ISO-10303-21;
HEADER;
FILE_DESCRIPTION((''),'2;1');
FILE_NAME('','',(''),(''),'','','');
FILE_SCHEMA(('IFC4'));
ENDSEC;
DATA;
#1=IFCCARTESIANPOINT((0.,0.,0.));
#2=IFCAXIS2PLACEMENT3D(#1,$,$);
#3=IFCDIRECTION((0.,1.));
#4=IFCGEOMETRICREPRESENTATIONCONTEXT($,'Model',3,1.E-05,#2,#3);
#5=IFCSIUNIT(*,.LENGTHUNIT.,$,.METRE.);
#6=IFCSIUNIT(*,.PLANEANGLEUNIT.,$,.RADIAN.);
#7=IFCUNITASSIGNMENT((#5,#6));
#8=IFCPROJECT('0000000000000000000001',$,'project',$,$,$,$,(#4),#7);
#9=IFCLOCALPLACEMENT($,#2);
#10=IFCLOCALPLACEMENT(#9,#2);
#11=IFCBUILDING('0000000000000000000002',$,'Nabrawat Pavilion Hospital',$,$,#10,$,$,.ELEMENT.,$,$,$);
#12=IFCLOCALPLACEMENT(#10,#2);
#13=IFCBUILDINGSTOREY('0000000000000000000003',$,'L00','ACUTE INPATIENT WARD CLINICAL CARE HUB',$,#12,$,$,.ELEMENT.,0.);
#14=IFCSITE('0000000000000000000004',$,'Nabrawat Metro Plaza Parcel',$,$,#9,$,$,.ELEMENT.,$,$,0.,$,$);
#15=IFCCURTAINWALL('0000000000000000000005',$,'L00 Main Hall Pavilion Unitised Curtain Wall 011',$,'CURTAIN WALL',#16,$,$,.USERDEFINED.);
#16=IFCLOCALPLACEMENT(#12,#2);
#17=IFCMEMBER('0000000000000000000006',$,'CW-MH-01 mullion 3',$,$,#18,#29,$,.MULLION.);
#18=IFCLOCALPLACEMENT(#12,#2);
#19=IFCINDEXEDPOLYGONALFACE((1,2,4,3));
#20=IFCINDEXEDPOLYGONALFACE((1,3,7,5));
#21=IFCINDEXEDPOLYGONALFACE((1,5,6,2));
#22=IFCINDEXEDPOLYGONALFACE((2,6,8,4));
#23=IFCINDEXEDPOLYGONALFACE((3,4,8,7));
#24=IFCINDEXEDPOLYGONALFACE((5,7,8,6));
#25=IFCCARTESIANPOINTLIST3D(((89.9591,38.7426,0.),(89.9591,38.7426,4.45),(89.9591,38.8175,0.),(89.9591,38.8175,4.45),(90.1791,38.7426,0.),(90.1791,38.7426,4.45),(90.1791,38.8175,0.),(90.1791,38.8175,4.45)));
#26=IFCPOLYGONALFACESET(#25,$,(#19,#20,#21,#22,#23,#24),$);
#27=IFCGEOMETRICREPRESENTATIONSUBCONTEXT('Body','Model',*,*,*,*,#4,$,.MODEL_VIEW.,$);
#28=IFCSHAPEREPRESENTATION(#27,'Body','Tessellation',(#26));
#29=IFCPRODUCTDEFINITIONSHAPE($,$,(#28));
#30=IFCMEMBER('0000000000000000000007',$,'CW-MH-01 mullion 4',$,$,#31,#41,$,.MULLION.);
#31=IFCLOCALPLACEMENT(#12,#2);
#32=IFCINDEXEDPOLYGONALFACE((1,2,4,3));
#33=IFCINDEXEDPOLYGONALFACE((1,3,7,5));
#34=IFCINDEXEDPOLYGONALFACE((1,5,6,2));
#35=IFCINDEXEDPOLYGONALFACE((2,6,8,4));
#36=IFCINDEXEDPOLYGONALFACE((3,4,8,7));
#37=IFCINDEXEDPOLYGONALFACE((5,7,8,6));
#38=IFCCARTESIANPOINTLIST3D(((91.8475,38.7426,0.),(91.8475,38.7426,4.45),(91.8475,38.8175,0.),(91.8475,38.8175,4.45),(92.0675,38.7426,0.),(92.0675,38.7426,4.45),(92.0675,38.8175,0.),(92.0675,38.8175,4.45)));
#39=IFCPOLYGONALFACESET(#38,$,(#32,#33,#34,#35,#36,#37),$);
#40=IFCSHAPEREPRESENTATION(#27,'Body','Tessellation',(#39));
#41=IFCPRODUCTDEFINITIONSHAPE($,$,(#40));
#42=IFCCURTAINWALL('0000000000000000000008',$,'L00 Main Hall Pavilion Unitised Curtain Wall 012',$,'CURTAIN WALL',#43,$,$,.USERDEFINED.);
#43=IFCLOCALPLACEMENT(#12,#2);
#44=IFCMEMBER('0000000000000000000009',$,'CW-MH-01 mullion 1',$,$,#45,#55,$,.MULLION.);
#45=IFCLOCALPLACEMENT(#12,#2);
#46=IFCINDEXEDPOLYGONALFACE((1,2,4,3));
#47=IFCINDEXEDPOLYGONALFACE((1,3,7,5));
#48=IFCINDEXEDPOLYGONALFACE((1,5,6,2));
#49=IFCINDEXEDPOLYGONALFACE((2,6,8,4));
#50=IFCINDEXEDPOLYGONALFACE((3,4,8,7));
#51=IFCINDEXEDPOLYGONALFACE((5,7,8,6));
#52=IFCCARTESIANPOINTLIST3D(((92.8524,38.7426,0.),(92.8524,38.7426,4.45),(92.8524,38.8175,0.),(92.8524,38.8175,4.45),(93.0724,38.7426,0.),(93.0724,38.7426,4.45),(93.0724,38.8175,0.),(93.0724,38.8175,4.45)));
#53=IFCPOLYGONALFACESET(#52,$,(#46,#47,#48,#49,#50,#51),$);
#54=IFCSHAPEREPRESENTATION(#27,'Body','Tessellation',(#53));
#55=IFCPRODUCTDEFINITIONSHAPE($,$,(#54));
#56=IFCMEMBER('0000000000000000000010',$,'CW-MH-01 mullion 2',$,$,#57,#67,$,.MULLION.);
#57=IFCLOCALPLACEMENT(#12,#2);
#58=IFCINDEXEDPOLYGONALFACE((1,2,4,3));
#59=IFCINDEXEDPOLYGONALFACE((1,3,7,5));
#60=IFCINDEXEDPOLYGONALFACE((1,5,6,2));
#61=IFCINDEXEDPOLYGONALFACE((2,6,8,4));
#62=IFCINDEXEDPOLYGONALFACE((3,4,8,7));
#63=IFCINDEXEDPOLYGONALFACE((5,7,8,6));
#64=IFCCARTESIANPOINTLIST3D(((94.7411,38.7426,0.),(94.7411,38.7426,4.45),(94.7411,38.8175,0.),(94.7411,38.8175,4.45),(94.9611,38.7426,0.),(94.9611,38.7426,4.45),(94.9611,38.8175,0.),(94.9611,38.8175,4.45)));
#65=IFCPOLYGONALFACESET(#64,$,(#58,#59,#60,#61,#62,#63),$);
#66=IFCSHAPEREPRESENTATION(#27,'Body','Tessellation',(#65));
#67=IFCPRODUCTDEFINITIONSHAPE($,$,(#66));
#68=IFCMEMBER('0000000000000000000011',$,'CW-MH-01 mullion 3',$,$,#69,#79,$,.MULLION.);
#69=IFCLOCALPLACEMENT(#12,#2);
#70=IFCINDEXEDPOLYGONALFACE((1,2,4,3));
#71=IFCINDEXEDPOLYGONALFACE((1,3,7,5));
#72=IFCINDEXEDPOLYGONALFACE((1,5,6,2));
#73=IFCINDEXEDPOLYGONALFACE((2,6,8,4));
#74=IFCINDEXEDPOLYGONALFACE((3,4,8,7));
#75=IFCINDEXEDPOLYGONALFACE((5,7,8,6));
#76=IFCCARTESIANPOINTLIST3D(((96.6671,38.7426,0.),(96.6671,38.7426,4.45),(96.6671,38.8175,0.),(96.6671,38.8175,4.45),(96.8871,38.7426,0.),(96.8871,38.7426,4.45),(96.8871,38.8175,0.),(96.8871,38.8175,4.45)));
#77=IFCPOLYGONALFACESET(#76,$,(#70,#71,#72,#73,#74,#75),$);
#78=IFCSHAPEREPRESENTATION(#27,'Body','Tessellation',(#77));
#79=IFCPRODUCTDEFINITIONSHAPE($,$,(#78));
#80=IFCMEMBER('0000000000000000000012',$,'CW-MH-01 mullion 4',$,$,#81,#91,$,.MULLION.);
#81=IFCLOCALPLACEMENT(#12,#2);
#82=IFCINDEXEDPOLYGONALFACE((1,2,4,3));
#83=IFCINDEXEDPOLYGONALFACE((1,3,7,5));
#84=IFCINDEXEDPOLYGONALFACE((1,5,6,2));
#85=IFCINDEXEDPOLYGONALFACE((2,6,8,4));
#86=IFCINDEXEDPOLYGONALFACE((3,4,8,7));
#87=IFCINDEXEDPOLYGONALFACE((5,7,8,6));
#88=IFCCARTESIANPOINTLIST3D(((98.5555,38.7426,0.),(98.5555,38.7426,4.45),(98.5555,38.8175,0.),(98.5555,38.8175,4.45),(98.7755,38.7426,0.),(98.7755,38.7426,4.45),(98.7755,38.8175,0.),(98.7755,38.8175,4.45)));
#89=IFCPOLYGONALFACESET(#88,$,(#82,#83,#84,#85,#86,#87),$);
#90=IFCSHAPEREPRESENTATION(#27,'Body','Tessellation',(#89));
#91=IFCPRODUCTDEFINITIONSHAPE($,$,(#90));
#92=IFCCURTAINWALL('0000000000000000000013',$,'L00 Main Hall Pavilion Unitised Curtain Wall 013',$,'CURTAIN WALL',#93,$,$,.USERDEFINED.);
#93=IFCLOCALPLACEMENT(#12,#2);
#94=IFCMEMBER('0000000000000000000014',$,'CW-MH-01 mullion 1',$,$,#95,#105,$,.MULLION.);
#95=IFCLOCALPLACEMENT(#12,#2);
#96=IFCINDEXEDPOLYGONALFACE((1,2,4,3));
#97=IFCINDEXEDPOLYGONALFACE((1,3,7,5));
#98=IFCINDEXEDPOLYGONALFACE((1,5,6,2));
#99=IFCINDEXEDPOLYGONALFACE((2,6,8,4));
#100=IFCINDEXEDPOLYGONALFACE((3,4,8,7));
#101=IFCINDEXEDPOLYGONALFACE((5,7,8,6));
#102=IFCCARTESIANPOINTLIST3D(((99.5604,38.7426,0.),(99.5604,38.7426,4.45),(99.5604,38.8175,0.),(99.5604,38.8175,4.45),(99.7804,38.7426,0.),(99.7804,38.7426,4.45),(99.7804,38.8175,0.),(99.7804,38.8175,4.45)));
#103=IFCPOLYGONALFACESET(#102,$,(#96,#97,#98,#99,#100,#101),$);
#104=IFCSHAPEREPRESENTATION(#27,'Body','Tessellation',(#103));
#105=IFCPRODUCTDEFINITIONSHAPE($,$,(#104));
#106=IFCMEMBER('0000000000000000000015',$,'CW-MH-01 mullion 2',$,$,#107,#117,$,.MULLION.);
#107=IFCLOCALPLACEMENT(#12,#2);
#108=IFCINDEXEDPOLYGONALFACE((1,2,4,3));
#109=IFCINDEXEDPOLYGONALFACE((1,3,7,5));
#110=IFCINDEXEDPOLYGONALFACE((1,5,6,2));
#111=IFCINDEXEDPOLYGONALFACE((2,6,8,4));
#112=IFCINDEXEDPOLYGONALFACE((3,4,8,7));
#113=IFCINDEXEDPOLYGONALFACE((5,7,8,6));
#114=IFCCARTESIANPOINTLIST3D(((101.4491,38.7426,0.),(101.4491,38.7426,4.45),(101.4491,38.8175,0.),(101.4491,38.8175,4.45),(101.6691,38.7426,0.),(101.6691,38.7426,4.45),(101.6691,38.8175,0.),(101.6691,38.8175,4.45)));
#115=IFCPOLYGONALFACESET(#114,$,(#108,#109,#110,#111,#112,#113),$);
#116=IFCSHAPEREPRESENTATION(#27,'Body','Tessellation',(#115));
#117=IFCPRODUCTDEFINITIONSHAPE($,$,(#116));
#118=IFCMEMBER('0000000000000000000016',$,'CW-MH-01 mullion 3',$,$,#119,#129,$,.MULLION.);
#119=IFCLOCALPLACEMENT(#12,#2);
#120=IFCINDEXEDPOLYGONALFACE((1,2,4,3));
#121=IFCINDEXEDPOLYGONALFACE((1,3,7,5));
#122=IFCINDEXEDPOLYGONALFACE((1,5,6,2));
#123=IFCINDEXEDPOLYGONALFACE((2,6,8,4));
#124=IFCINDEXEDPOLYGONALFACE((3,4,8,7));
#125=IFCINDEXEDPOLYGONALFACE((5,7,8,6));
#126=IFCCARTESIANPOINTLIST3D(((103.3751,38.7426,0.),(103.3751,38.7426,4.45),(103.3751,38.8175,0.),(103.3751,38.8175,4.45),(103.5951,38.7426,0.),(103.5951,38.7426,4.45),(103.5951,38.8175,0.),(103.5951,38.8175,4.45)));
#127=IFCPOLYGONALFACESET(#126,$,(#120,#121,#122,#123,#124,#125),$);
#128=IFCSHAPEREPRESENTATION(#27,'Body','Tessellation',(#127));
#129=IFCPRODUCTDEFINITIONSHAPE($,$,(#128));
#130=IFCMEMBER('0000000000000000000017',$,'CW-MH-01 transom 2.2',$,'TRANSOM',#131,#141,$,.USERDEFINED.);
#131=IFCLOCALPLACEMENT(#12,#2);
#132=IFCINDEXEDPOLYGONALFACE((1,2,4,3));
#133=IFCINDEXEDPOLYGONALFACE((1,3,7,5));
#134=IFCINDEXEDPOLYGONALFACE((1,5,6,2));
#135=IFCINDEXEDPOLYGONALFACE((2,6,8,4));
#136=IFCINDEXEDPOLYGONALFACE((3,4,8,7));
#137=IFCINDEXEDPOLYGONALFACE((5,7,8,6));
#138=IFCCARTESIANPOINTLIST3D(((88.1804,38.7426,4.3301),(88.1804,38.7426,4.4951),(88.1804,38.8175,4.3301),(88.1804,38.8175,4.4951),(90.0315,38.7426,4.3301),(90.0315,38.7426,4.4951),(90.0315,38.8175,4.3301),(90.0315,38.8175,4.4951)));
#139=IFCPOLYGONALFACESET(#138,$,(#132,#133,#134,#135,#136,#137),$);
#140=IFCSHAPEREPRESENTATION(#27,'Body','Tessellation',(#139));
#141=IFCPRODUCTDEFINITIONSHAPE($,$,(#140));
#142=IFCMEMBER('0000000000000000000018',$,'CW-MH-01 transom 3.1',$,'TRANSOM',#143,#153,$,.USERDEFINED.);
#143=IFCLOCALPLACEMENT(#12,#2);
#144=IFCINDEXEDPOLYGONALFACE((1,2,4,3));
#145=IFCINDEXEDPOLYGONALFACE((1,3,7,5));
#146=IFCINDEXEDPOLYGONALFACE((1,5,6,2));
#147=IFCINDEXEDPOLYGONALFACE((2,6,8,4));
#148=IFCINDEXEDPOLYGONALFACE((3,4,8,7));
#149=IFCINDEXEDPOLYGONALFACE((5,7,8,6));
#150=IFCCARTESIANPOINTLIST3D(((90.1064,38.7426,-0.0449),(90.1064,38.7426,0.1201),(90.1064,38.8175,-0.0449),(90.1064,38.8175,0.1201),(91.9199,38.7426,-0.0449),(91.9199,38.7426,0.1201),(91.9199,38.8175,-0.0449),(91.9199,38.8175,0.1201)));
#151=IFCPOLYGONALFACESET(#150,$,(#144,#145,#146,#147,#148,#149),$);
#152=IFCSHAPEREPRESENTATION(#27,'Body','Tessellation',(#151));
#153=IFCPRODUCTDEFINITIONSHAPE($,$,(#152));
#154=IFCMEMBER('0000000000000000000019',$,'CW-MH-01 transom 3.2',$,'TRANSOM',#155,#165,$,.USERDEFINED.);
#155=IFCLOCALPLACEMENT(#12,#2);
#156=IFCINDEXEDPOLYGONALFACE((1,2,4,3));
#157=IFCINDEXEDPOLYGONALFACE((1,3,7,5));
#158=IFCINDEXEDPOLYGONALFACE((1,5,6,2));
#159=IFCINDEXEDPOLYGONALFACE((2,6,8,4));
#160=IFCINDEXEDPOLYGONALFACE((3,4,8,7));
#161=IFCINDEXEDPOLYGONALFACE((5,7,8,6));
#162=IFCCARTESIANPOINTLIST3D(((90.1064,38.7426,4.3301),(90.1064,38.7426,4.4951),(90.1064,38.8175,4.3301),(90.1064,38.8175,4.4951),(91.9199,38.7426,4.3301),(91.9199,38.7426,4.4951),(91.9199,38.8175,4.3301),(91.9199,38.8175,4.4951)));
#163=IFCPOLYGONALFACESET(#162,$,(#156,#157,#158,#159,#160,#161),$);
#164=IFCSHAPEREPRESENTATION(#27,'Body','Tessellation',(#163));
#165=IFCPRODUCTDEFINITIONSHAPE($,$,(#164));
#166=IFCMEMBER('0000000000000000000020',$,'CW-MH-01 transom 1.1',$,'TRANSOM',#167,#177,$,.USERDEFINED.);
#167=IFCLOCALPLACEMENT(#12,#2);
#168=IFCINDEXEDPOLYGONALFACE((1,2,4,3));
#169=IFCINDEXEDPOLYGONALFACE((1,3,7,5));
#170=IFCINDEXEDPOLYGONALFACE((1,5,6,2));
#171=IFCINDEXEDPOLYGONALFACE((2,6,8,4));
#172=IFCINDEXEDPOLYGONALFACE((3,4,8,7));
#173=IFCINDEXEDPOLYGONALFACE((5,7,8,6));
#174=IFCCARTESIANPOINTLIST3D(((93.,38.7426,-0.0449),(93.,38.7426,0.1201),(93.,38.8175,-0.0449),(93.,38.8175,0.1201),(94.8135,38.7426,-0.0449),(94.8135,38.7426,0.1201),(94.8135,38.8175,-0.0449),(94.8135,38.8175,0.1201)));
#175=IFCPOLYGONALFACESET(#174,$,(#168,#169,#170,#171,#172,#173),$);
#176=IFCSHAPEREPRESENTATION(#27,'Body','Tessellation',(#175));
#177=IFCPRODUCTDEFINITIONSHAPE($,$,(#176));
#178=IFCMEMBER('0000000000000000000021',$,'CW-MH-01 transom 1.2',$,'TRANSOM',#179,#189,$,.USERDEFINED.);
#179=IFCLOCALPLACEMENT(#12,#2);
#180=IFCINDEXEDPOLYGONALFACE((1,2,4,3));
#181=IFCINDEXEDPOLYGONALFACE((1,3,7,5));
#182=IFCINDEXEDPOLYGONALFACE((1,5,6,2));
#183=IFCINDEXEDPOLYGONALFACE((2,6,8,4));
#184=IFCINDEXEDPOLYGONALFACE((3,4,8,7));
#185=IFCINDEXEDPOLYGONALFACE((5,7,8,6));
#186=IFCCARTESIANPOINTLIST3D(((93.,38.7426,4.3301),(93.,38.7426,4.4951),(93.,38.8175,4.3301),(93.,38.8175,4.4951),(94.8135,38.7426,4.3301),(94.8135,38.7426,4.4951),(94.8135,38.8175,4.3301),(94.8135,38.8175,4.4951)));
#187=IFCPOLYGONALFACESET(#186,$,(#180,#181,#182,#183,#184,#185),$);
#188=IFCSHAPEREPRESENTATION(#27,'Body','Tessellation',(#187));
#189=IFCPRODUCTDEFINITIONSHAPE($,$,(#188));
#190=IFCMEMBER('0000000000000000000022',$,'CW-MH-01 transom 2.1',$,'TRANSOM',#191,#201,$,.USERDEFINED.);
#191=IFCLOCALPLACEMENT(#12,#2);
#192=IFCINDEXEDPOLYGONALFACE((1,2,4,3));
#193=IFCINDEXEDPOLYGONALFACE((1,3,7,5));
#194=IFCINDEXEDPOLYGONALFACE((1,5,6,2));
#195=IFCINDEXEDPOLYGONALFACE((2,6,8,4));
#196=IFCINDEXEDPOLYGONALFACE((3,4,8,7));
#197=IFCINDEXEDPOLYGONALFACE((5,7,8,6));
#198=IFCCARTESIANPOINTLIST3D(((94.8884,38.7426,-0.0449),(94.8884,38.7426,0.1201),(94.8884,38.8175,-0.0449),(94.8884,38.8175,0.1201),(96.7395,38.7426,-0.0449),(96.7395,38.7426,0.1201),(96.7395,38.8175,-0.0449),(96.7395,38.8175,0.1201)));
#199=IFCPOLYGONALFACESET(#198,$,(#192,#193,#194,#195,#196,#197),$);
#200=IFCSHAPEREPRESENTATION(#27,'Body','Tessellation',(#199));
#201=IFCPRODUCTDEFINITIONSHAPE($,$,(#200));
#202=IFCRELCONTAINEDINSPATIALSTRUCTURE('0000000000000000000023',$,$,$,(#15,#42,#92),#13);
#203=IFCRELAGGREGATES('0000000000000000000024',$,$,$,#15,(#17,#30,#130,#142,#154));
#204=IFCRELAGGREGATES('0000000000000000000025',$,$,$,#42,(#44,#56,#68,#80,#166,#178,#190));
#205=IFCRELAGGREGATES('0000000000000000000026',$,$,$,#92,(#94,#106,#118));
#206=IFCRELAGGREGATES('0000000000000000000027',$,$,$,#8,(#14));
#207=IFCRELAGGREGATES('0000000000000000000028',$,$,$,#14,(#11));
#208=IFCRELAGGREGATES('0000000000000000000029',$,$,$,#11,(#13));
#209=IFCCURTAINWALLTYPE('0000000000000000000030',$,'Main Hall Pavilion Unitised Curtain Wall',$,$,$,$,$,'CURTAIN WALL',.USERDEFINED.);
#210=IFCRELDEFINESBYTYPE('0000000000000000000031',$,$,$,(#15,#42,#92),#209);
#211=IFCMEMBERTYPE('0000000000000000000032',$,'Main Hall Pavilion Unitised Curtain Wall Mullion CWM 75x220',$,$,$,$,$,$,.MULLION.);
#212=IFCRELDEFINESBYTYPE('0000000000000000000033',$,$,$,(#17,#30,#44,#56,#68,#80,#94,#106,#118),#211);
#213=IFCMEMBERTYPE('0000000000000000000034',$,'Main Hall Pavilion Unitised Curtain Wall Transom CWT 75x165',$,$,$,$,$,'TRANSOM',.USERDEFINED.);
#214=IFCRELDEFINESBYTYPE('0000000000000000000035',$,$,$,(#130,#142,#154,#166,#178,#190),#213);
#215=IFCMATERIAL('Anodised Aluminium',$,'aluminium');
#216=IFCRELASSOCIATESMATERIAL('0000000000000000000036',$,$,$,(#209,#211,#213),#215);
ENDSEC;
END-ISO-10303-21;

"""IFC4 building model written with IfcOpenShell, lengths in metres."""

from ifc_helpers import new_model, si_unit, direction, frame, origin, origin_2d, place, context, subcontext, project, spatial, rectangle, extrude, material, material_profile, profile_set, type_object, element, aggregate, save


model = new_model("IFC4")

# Units and contexts
model_context = context("Model", 3, precision=1e-05, world=origin(), true_north=direction((0.0, 1.0)))
body_context = subcontext(model_context, "Body", "Model", "MODEL_VIEW")
ifc_project = project(units=[si_unit("LENGTHUNIT", "METRE"), si_unit("PLANEANGLEUNIT", "RADIAN")], contexts=[model_context])

# Site, building, storey
site_placement = place(None, origin())
site = spatial("IfcSite", under=ifc_project, at=site_placement, Name="Nabrawat Metro Plaza Parcel", CompositionType="ELEMENT", RefElevation=0.0)
building_placement = place(site_placement, origin())
building = spatial("IfcBuilding", under=site, at=building_placement, Name="Nabrawat Pavilion Hospital", CompositionType="ELEMENT")
storey_placement = place(building_placement, origin())
storey = spatial("IfcBuildingStorey", under=building, at=storey_placement, Name="L00", Description="ACUTE INPATIENT WARD CLINICAL CARE HUB", CompositionType="ELEMENT", Elevation=0.0)

# Curtain walls, members
ifc_material_1 = material(Name="Anodised Aluminium", Category="aluminium")
curtain_wall_type = type_object("IfcCurtainWallType", Name="Main Hall Pavilion Unitised Curtain Wall", ElementType="CURTAIN WALL", PredefinedType="USERDEFINED", material=ifc_material_1)
curtain_wall_1_placement = place(storey_placement, origin())
curtain_wall_1 = element("IfcCurtainWall", 1, at=curtain_wall_1_placement, inside=storey, type_object=curtain_wall_type, Name="L00 Main Hall Pavilion Unitised Curtain Wall 011", ObjectType="CURTAIN WALL", PredefinedType="USERDEFINED")
ifc_material_profile_1 = material_profile(ifc_material_1, rectangle(XDim=0.075, YDim=0.22, at=origin_2d()), Name="CWM 75x220")
ifc_profile_set_1 = profile_set([ifc_material_profile_1], Name="Anodised Aluminium")
member_type_1 = type_object("IfcMemberType", Name="Main Hall Pavilion Unitised Curtain Wall Mullion CWM 75x220", PredefinedType="MULLION", material=ifc_profile_set_1)
member_1_placement = place(storey_placement, frame((90.0691, 38.78, 0.0), z_axis=(0.0, 0.0, 1.0), x_axis=(0.0, 1.0, 0.0)))
member_1 = element("IfcMember", 2, at=member_1_placement, type_object=member_type_1, Name="CW-MH-01 mullion 3", PredefinedType="MULLION", context=body_context, shape_type="SweptSolid", body=[
    extrude(rectangle(XDim=0.075, YDim=0.22, at=origin_2d()), origin(), (0.0, 0.0, 1.0), 4.45),
])
member_2_placement = place(storey_placement, frame((91.9575, 38.78, 0.0), z_axis=(0.0, 0.0, 1.0), x_axis=(0.0, 1.0, 0.0)))
member_2 = element("IfcMember", 3, at=member_2_placement, type_object=member_type_1, Name="CW-MH-01 mullion 4", PredefinedType="MULLION", context=body_context, shape_type="SweptSolid", body=[
    extrude(rectangle(XDim=0.075, YDim=0.22, at=origin_2d()), origin(), (0.0, 0.0, 1.0), 4.45),
])
curtain_wall_2_placement = place(storey_placement, origin())
curtain_wall_2 = element("IfcCurtainWall", 4, at=curtain_wall_2_placement, inside=storey, type_object=curtain_wall_type, Name="L00 Main Hall Pavilion Unitised Curtain Wall 012", ObjectType="CURTAIN WALL", PredefinedType="USERDEFINED")
member_3_placement = place(storey_placement, frame((92.9624, 38.78, 0.0), z_axis=(0.0, 0.0, 1.0), x_axis=(0.0, 1.0, 0.0)))
member_3 = element("IfcMember", 5, at=member_3_placement, type_object=member_type_1, Name="CW-MH-01 mullion 1", PredefinedType="MULLION", context=body_context, shape_type="SweptSolid", body=[
    extrude(rectangle(XDim=0.075, YDim=0.22, at=origin_2d()), origin(), (0.0, 0.0, 1.0), 4.45),
])
member_4_placement = place(storey_placement, frame((94.8511, 38.78, 0.0), z_axis=(0.0, 0.0, 1.0), x_axis=(0.0, 1.0, 0.0)))
member_4 = element("IfcMember", 6, at=member_4_placement, type_object=member_type_1, Name="CW-MH-01 mullion 2", PredefinedType="MULLION", context=body_context, shape_type="SweptSolid", body=[
    extrude(rectangle(XDim=0.075, YDim=0.22, at=origin_2d()), origin(), (0.0, 0.0, 1.0), 4.45),
])
member_5_placement = place(storey_placement, frame((96.7771, 38.78, 0.0), z_axis=(0.0, 0.0, 1.0), x_axis=(0.0, 1.0, 0.0)))
member_5 = element("IfcMember", 7, at=member_5_placement, type_object=member_type_1, Name="CW-MH-01 mullion 3", PredefinedType="MULLION", context=body_context, shape_type="SweptSolid", body=[
    extrude(rectangle(XDim=0.075, YDim=0.22, at=origin_2d()), origin(), (0.0, 0.0, 1.0), 4.45),
])
member_6_placement = place(storey_placement, frame((98.6655, 38.78, 0.0), z_axis=(0.0, 0.0, 1.0), x_axis=(0.0, 1.0, 0.0)))
member_6 = element("IfcMember", 8, at=member_6_placement, type_object=member_type_1, Name="CW-MH-01 mullion 4", PredefinedType="MULLION", context=body_context, shape_type="SweptSolid", body=[
    extrude(rectangle(XDim=0.075, YDim=0.22, at=origin_2d()), origin(), (0.0, 0.0, 1.0), 4.45),
])
curtain_wall_3_placement = place(storey_placement, origin())
curtain_wall_3 = element("IfcCurtainWall", 9, at=curtain_wall_3_placement, inside=storey, type_object=curtain_wall_type, Name="L00 Main Hall Pavilion Unitised Curtain Wall 013", ObjectType="CURTAIN WALL", PredefinedType="USERDEFINED")
member_7_placement = place(storey_placement, frame((99.6704, 38.78, 0.0), z_axis=(0.0, 0.0, 1.0), x_axis=(0.0, 1.0, 0.0)))
member_7 = element("IfcMember", 10, at=member_7_placement, type_object=member_type_1, Name="CW-MH-01 mullion 1", PredefinedType="MULLION", context=body_context, shape_type="SweptSolid", body=[
    extrude(rectangle(XDim=0.075, YDim=0.22, at=origin_2d()), origin(), (0.0, 0.0, 1.0), 4.45),
])
member_8_placement = place(storey_placement, frame((101.5591, 38.78, 0.0), z_axis=(0.0, 0.0, 1.0), x_axis=(0.0, 1.0, 0.0)))
member_8 = element("IfcMember", 11, at=member_8_placement, type_object=member_type_1, Name="CW-MH-01 mullion 2", PredefinedType="MULLION", context=body_context, shape_type="SweptSolid", body=[
    extrude(rectangle(XDim=0.075, YDim=0.22, at=origin_2d()), origin(), (0.0, 0.0, 1.0), 4.45),
])
member_9_placement = place(storey_placement, frame((103.4851, 38.78, 0.0), z_axis=(0.0, 0.0, 1.0), x_axis=(0.0, 1.0, 0.0)))
member_9 = element("IfcMember", 12, at=member_9_placement, type_object=member_type_1, Name="CW-MH-01 mullion 3", PredefinedType="MULLION", context=body_context, shape_type="SweptSolid", body=[
    extrude(rectangle(XDim=0.075, YDim=0.22, at=origin_2d()), origin(), (0.0, 0.0, 1.0), 4.45),
])

# Members
ifc_material_profile_2 = material_profile(ifc_material_1, rectangle(XDim=0.075, YDim=0.165, at=origin_2d()), Name="CWT 75x165")
ifc_profile_set_2 = profile_set([ifc_material_profile_2], Name="Anodised Aluminium")
member_type_2 = type_object("IfcMemberType", Name="Main Hall Pavilion Unitised Curtain Wall Transom CWT 75x165", ElementType="TRANSOM", PredefinedType="USERDEFINED", material=ifc_profile_set_2)
member_10_placement = place(storey_placement, frame((88.1804, 38.78, 4.4126), z_axis=(1.0, 0.0, 0.0), x_axis=(0.0, 1.0, 0.0)))
member_10 = element("IfcMember", 13, at=member_10_placement, type_object=member_type_2, Name="CW-MH-01 transom 2.2", ObjectType="TRANSOM", PredefinedType="USERDEFINED", context=body_context, shape_type="SweptSolid", body=[
    extrude(rectangle(XDim=0.075, YDim=0.165, at=origin_2d()), origin(), (0.0, 0.0, 1.0), 1.8511),
])
member_11_placement = place(storey_placement, frame((90.1064, 38.78, 0.0376), z_axis=(1.0, 0.0, 0.0), x_axis=(0.0, 1.0, 0.0)))
member_11 = element("IfcMember", 14, at=member_11_placement, type_object=member_type_2, Name="CW-MH-01 transom 3.1", ObjectType="TRANSOM", PredefinedType="USERDEFINED", context=body_context, shape_type="SweptSolid", body=[
    extrude(rectangle(XDim=0.075, YDim=0.165, at=origin_2d()), origin(), (0.0, 0.0, 1.0), 1.8135),
])
member_12_placement = place(storey_placement, frame((90.1064, 38.78, 4.4126), z_axis=(1.0, 0.0, 0.0), x_axis=(0.0, 1.0, 0.0)))
member_12 = element("IfcMember", 15, at=member_12_placement, type_object=member_type_2, Name="CW-MH-01 transom 3.2", ObjectType="TRANSOM", PredefinedType="USERDEFINED", context=body_context, shape_type="SweptSolid", body=[
    extrude(rectangle(XDim=0.075, YDim=0.165, at=origin_2d()), origin(), (0.0, 0.0, 1.0), 1.8135),
])
member_13_placement = place(storey_placement, frame((93.0, 38.78, 0.0376), z_axis=(1.0, 0.0, 0.0), x_axis=(0.0, 1.0, 0.0)))
member_13 = element("IfcMember", 16, at=member_13_placement, type_object=member_type_2, Name="CW-MH-01 transom 1.1", ObjectType="TRANSOM", PredefinedType="USERDEFINED", context=body_context, shape_type="SweptSolid", body=[
    extrude(rectangle(XDim=0.075, YDim=0.165, at=origin_2d()), origin(), (0.0, 0.0, 1.0), 1.8135),
])
member_14_placement = place(storey_placement, frame((93.0, 38.78, 4.4126), z_axis=(1.0, 0.0, 0.0), x_axis=(0.0, 1.0, 0.0)))
member_14 = element("IfcMember", 17, at=member_14_placement, type_object=member_type_2, Name="CW-MH-01 transom 1.2", ObjectType="TRANSOM", PredefinedType="USERDEFINED", context=body_context, shape_type="SweptSolid", body=[
    extrude(rectangle(XDim=0.075, YDim=0.165, at=origin_2d()), origin(), (0.0, 0.0, 1.0), 1.8135),
])
member_15_placement = place(storey_placement, frame((94.8884, 38.78, 0.0376), z_axis=(1.0, 0.0, 0.0), x_axis=(0.0, 1.0, 0.0)))
member_15 = element("IfcMember", 18, at=member_15_placement, type_object=member_type_2, Name="CW-MH-01 transom 2.1", ObjectType="TRANSOM", PredefinedType="USERDEFINED", context=body_context, shape_type="SweptSolid", body=[
    extrude(rectangle(XDim=0.075, YDim=0.165, at=origin_2d()), origin(), (0.0, 0.0, 1.0), 1.8511),
])

aggregate(curtain_wall_1, [member_1, member_2, member_10, member_11, member_12])
aggregate(curtain_wall_2, [member_3, member_4, member_5, member_6, member_13, member_14, member_15])
aggregate(curtain_wall_3, [member_7, member_8, member_9])

save(model, "model.ifc")
